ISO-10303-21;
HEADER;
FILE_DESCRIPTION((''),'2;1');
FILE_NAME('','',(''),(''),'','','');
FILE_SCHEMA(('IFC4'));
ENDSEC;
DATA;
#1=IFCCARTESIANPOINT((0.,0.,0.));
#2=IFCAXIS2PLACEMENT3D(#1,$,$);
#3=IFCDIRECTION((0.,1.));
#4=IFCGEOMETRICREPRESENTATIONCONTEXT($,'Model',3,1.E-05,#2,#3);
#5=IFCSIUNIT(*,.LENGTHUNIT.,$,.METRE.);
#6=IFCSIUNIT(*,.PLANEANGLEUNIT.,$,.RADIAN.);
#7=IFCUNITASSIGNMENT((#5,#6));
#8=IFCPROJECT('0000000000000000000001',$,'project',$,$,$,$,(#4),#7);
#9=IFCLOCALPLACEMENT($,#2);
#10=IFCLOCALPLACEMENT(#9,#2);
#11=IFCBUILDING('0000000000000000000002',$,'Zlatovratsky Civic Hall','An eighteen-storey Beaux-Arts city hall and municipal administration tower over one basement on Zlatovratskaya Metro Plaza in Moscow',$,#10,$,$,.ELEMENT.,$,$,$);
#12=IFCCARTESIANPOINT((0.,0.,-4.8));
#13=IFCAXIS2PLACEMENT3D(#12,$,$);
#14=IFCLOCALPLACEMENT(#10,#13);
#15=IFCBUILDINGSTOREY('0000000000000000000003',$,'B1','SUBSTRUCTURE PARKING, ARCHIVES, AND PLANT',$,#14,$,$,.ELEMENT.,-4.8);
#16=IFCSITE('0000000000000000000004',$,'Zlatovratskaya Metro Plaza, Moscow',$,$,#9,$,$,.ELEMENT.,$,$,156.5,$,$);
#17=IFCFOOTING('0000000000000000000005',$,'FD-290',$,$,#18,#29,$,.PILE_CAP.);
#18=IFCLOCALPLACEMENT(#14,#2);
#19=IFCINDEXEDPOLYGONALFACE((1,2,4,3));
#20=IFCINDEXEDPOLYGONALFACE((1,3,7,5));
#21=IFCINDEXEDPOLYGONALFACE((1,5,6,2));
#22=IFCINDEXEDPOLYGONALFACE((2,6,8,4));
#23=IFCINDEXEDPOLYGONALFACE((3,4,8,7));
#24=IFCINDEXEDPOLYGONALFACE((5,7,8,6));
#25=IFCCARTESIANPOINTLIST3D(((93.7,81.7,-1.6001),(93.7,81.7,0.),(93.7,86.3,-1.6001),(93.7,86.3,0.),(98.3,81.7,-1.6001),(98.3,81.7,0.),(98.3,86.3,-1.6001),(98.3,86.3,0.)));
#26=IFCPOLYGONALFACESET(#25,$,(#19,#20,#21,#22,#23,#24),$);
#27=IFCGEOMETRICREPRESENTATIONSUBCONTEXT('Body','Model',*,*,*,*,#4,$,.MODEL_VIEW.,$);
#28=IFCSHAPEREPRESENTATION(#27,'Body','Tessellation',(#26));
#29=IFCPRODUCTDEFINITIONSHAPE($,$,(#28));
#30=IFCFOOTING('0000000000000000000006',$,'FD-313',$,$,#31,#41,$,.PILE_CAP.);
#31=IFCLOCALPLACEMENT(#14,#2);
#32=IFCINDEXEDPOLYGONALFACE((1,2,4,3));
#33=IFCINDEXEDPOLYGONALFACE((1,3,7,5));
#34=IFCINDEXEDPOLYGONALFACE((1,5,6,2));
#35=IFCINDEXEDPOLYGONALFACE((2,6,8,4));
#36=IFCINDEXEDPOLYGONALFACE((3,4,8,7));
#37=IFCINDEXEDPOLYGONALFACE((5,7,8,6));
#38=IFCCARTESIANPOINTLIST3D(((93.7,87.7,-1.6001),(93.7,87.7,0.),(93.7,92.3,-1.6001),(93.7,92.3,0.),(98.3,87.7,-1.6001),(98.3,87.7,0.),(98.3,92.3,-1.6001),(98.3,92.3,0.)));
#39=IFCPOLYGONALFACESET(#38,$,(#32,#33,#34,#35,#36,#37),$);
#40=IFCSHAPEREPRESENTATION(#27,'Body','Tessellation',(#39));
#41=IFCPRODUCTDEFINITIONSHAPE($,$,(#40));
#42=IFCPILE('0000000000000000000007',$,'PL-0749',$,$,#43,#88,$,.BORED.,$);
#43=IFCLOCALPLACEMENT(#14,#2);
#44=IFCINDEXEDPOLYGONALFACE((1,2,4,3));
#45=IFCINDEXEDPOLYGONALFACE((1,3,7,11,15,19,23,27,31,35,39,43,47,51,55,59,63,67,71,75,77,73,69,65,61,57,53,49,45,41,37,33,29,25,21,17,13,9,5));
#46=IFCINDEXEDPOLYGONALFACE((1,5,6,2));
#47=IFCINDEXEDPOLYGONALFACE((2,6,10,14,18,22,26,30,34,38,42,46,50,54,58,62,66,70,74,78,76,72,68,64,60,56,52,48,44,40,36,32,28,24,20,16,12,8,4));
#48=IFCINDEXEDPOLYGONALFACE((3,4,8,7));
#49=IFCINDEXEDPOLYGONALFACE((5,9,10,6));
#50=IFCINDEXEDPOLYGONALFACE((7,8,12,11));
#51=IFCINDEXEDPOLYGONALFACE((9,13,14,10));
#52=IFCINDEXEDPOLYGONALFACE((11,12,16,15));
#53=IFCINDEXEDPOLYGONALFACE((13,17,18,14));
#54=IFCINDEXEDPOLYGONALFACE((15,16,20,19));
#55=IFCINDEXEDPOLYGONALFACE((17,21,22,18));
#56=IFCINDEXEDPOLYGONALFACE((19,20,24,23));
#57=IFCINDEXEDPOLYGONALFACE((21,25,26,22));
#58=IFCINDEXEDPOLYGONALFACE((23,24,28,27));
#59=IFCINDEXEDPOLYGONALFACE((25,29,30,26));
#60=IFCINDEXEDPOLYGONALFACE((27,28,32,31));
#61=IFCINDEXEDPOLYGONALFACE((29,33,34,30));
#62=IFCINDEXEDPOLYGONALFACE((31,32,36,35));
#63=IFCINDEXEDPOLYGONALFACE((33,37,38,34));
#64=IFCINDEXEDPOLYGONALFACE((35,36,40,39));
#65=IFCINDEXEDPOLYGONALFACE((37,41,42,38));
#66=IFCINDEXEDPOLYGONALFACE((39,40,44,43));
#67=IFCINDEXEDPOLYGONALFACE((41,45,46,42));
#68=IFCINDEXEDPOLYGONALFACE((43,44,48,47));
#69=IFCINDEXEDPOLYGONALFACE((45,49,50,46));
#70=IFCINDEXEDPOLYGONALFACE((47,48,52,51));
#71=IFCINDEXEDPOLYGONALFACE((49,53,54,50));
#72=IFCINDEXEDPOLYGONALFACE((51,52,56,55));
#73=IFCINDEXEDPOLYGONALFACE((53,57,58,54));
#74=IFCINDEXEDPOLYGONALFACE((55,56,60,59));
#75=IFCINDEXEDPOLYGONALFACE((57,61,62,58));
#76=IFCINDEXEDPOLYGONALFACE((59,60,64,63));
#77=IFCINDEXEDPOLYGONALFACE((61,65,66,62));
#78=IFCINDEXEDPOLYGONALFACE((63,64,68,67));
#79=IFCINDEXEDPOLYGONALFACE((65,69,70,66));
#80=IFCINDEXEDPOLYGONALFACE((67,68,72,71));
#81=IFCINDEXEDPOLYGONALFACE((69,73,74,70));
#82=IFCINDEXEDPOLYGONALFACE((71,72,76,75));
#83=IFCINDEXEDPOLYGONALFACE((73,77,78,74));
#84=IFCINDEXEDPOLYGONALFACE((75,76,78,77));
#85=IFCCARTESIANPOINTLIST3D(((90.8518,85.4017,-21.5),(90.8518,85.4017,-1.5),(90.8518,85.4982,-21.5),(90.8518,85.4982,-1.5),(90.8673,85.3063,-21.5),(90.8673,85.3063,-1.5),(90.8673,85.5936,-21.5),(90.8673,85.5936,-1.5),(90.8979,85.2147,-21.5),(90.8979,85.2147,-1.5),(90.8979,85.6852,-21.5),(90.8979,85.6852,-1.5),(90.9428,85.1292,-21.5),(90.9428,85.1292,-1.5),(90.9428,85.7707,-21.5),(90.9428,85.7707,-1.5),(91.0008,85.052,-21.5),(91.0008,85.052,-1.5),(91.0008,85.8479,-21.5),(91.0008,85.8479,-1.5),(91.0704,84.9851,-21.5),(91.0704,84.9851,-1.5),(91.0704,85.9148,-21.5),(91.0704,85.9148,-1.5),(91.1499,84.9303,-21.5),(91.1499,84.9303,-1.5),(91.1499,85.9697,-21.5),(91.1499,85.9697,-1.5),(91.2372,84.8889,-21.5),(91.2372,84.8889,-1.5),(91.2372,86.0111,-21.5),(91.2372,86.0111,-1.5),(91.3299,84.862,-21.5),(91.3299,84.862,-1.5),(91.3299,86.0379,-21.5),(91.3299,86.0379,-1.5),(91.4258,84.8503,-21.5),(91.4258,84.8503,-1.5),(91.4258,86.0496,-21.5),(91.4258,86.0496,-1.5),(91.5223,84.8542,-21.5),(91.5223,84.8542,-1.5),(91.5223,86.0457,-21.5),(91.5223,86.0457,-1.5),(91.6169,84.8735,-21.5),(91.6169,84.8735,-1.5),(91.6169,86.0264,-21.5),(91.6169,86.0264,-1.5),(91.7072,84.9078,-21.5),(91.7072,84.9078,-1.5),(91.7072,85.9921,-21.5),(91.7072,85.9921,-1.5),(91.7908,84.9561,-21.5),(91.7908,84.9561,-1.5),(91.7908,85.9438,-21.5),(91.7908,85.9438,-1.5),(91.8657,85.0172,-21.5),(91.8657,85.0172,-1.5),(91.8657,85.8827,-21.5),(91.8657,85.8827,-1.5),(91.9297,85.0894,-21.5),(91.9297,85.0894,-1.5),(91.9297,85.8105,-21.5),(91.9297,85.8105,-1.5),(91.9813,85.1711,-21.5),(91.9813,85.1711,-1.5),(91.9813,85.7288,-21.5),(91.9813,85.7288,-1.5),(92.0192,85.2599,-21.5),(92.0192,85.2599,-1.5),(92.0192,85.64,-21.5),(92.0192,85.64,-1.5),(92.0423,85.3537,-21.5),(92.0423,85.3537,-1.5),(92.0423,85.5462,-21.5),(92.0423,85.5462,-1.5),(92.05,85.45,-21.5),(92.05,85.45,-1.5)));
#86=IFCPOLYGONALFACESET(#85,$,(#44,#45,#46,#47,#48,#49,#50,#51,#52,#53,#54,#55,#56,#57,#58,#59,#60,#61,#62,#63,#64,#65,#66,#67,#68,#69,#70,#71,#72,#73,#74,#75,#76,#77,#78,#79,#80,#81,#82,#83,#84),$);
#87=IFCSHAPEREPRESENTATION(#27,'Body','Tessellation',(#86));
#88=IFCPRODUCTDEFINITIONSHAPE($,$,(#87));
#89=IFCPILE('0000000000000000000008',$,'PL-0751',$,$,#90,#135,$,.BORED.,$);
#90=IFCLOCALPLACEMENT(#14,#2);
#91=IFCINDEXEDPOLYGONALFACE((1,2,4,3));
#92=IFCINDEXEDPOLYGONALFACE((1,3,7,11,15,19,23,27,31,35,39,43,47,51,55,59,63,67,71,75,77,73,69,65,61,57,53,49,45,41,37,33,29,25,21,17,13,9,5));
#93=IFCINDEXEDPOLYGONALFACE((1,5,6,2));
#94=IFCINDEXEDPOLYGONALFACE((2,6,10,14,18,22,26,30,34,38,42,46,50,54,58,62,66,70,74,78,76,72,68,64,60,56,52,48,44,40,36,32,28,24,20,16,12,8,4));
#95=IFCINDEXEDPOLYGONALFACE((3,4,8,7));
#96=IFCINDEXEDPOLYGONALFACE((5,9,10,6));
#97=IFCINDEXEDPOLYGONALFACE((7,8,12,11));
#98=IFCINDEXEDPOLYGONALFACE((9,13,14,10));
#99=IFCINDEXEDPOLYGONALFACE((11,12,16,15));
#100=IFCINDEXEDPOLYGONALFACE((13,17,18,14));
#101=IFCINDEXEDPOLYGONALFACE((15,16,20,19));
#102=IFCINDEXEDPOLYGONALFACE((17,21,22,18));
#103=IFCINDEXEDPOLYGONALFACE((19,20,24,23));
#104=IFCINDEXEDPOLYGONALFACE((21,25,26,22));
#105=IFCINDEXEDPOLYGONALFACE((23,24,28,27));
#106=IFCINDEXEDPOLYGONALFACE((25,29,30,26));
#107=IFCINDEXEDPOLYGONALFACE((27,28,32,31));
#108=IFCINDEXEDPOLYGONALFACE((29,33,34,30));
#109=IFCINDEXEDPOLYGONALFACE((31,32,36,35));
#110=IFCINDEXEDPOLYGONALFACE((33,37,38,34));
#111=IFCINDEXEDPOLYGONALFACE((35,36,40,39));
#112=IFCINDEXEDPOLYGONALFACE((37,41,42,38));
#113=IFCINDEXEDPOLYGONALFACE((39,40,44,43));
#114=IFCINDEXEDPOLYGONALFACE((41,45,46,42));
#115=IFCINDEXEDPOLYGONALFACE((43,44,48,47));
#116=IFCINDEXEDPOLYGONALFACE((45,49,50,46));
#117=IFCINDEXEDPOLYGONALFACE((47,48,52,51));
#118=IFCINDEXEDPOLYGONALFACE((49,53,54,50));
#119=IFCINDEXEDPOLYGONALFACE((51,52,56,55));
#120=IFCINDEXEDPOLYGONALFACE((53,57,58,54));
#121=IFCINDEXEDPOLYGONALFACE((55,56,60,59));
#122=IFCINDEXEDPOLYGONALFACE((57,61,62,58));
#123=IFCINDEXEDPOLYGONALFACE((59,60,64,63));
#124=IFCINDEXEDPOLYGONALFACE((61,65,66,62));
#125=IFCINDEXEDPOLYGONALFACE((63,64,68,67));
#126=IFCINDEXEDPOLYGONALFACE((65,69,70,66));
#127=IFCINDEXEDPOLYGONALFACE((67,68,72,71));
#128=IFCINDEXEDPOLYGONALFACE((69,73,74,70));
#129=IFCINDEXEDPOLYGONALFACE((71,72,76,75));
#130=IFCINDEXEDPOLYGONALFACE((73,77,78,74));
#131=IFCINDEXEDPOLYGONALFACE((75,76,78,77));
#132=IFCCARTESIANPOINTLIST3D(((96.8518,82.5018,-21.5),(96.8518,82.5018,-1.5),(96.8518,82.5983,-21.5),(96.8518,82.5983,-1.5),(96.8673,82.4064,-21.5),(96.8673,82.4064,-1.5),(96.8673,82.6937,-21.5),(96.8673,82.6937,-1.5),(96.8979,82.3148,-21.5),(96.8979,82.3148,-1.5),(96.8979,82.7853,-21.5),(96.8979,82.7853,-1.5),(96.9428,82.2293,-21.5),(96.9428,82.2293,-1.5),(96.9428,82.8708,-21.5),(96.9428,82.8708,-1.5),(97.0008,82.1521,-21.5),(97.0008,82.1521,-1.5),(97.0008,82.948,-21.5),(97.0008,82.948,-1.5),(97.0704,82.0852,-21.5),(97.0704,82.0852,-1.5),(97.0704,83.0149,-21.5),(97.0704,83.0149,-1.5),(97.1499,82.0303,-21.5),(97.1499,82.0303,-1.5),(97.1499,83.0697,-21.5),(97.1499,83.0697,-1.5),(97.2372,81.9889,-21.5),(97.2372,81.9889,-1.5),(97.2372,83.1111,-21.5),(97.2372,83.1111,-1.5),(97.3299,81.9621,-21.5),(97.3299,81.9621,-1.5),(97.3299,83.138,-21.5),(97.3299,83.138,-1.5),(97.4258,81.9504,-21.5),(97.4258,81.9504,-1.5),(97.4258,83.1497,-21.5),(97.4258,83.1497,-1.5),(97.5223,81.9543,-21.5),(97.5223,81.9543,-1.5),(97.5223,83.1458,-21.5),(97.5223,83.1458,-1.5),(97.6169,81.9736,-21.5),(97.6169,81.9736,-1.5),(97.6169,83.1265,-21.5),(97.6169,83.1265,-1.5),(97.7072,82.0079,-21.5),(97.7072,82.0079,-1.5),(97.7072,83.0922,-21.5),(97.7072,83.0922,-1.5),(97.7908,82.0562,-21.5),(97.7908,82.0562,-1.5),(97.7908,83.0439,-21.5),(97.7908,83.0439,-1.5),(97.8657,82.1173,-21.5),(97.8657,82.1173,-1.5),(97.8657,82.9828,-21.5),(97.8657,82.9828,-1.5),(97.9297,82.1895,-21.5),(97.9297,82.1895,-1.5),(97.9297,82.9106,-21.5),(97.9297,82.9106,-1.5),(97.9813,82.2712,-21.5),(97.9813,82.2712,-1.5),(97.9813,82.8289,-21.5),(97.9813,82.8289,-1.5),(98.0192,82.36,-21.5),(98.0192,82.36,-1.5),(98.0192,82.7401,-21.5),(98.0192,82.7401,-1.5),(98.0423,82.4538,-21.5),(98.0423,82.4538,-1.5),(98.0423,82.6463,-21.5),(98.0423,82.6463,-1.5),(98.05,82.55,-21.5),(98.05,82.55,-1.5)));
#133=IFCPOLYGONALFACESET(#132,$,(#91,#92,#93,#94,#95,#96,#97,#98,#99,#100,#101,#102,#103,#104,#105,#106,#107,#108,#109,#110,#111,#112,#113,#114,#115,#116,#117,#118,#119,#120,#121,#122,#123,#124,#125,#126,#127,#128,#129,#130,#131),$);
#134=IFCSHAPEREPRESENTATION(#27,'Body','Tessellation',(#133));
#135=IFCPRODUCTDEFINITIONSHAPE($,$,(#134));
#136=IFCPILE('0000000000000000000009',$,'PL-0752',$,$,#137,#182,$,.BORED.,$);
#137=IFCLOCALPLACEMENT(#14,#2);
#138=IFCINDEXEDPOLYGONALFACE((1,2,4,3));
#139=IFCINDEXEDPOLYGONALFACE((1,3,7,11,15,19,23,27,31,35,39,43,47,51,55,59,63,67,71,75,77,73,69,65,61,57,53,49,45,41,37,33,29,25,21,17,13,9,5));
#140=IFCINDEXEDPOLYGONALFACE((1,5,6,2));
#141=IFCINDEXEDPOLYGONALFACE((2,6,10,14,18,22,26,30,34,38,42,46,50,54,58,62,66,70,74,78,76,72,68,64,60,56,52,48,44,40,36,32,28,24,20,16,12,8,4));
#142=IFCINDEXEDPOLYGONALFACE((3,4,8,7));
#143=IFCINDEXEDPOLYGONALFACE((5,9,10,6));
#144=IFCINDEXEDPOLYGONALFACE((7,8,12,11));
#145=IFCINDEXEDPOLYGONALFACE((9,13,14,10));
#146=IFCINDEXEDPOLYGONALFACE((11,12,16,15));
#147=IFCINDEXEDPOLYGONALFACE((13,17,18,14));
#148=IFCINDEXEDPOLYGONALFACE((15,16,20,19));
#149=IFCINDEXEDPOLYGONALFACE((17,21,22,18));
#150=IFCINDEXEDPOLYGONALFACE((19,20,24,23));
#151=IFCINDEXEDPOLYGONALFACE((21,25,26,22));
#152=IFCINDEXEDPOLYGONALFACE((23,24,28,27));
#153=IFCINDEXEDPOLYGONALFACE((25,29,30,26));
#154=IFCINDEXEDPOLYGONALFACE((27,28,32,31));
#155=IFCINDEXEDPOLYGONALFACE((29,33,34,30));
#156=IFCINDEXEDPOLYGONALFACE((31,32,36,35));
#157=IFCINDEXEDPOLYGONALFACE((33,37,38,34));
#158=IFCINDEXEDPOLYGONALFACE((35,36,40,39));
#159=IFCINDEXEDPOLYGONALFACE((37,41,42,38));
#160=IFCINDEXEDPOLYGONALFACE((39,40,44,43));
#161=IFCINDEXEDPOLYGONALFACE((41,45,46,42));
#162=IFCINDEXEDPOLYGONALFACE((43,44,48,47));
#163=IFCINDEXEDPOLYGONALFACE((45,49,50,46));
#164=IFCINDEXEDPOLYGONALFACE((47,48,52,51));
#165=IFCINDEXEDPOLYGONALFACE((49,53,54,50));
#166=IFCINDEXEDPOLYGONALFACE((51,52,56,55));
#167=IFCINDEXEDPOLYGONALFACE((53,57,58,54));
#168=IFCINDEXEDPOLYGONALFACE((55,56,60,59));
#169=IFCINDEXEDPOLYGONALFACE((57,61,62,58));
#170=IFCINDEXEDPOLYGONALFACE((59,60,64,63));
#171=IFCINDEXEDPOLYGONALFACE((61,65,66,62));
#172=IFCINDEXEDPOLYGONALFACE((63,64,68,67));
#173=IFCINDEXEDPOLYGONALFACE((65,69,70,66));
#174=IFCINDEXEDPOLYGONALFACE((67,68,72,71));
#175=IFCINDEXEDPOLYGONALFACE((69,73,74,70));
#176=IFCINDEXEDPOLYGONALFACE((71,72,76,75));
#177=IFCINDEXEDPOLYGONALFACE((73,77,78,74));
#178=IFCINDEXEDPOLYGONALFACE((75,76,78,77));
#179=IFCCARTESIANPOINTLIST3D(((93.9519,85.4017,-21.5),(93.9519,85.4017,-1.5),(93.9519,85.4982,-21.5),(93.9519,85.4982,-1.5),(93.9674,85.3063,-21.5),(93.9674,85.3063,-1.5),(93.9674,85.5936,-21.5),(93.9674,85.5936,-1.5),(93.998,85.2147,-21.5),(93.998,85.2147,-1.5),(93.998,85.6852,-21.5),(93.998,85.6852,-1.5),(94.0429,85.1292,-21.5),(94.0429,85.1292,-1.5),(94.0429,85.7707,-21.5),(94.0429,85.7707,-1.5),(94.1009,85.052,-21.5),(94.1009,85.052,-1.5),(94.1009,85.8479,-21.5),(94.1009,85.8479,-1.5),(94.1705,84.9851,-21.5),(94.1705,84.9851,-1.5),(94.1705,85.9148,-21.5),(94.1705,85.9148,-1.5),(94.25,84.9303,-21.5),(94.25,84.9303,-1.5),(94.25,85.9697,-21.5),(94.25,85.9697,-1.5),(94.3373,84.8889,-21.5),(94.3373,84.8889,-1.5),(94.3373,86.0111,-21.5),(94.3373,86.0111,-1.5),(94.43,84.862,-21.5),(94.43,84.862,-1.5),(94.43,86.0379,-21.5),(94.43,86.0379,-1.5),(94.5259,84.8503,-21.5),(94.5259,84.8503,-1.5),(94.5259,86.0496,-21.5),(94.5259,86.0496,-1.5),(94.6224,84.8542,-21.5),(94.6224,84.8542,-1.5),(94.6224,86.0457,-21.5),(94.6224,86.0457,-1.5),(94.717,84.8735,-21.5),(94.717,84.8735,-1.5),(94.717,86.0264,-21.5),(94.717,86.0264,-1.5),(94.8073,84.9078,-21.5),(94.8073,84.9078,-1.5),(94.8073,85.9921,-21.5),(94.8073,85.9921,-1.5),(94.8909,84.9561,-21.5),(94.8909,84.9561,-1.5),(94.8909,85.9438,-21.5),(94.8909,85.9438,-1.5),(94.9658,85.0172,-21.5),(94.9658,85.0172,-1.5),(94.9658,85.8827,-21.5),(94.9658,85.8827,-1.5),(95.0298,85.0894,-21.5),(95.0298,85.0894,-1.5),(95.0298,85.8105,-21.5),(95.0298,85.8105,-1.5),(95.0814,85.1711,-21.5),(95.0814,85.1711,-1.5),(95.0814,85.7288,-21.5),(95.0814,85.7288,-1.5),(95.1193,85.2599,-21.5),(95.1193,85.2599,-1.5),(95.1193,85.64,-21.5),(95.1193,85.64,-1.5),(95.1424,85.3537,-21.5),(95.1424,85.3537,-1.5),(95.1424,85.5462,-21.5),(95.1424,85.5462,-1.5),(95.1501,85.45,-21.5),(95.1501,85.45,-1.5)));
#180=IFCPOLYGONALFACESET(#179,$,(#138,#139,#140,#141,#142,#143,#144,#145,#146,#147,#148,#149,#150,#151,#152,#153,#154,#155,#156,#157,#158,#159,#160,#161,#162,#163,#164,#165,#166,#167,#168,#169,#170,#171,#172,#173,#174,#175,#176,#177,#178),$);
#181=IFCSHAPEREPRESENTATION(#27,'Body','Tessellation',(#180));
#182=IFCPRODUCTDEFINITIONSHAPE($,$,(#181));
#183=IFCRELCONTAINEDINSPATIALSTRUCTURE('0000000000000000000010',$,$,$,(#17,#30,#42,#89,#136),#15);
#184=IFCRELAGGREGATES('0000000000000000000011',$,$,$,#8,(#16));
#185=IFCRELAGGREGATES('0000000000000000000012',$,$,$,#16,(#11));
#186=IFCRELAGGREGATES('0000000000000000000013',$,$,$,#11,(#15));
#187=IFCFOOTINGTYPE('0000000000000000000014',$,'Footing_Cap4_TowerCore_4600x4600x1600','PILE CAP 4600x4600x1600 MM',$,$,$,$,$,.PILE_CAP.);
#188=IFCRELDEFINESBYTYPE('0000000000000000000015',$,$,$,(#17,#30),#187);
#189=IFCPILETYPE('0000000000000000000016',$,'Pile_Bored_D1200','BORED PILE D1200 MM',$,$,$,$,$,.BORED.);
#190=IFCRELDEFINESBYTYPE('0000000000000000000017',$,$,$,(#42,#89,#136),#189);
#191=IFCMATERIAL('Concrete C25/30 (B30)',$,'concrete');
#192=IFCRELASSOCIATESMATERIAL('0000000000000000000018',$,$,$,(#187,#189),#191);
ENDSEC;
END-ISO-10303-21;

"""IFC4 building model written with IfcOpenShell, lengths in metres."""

from ifc_helpers import new_model, si_unit, direction, frame, origin, origin_2d, place, context, subcontext, project, spatial, rectangle, circle, extrude, material, material_profile, profile_set, type_object, element, save


model = new_model("IFC4")

# Units and contexts
model_context = context("Model", 3, precision=1e-05, world=origin(), true_north=direction((0.0, 1.0)))
body_context = subcontext(model_context, "Body", "Model", "MODEL_VIEW")
ifc_project = project(units=[si_unit("LENGTHUNIT", "METRE"), si_unit("PLANEANGLEUNIT", "RADIAN")], contexts=[model_context])

# Site, building, storey
site_placement = place(None, origin())
site = spatial("IfcSite", under=ifc_project, at=site_placement, Name="Zlatovratskaya Metro Plaza, Moscow", CompositionType="ELEMENT", RefElevation=156.5)
building_placement = place(site_placement, origin())
building = spatial("IfcBuilding", under=site, at=building_placement, Name="Zlatovratsky Civic Hall", Description="An eighteen-storey Beaux-Arts city hall and municipal administration tower over one basement on Zlatovratskaya Metro Plaza in Moscow", CompositionType="ELEMENT")
storey_placement = place(building_placement, frame((0.0, 0.0, -4.8)))
storey = spatial("IfcBuildingStorey", under=building, at=storey_placement, Name="B1", Description="SUBSTRUCTURE PARKING, ARCHIVES, AND PLANT", CompositionType="ELEMENT", Elevation=-4.8)

# Footings
ifc_material_1 = material(Name="Concrete C25/30 (B30)", Category="concrete")
footing_type = type_object("IfcFootingType", Name="Footing_Cap4_TowerCore_4600x4600x1600", Description="PILE CAP 4600x4600x1600 MM", PredefinedType="PILE_CAP", material=ifc_material_1)
for number, where, z_axis, x_axis, name in (
    (1, (96.0, 84.0, -1.6001), (0.0, 0.0, 1.0), (1.0, 0.0, 0.0), "FD-290"),
    (2, (96.0, 90.0, -1.6001), (0.0, 0.0, 1.0), (1.0, 0.0, 0.0), "FD-313"),
):
    element("IfcFooting", number, at=place(storey_placement, frame(where, z_axis=z_axis, x_axis=x_axis)), inside=storey, type_object=footing_type, Name=name, PredefinedType="PILE_CAP", context=body_context, shape_type="SweptSolid", body=[
        extrude(rectangle(XDim=4.6001, YDim=4.6001, at=origin_2d()), origin(), (0.0, 0.0, 1.0), 1.6001),
    ])

# Piles
ifc_material_profile_1 = material_profile(ifc_material_1, circle(Radius=0.6001, at=origin_2d()), Name="PILE D1200")
ifc_profile_set_1 = profile_set([ifc_material_profile_1], Name="Concrete C25/30 (B30)")
pile_type = type_object("IfcPileType", Name="Pile_Bored_D1200", Description="BORED PILE D1200 MM", PredefinedType="BORED", material=ifc_profile_set_1)
for number, where, z_axis, x_axis, name in (
    (3, (91.45, 85.45, -1.5), (0.0, 0.0, -1.0), (1.0, 0.0, 0.0), "PL-0749"),
    (4, (97.45, 82.55, -1.5), (0.0, 0.0, -1.0), (1.0, 0.0, 0.0), "PL-0751"),
    (5, (94.55, 85.45, -1.5), (0.0, 0.0, -1.0), (1.0, 0.0, 0.0), "PL-0752"),
):
    element("IfcPile", number, at=place(storey_placement, frame(where, z_axis=z_axis, x_axis=x_axis)), inside=storey, type_object=pile_type, Name=name, PredefinedType="BORED", context=body_context, shape_type="SweptSolid", body=[
        extrude(circle(Radius=0.6001, at=origin_2d()), origin(), (0.0, 0.0, 1.0), 20.0),
    ])

save(model, "model.ifc")
